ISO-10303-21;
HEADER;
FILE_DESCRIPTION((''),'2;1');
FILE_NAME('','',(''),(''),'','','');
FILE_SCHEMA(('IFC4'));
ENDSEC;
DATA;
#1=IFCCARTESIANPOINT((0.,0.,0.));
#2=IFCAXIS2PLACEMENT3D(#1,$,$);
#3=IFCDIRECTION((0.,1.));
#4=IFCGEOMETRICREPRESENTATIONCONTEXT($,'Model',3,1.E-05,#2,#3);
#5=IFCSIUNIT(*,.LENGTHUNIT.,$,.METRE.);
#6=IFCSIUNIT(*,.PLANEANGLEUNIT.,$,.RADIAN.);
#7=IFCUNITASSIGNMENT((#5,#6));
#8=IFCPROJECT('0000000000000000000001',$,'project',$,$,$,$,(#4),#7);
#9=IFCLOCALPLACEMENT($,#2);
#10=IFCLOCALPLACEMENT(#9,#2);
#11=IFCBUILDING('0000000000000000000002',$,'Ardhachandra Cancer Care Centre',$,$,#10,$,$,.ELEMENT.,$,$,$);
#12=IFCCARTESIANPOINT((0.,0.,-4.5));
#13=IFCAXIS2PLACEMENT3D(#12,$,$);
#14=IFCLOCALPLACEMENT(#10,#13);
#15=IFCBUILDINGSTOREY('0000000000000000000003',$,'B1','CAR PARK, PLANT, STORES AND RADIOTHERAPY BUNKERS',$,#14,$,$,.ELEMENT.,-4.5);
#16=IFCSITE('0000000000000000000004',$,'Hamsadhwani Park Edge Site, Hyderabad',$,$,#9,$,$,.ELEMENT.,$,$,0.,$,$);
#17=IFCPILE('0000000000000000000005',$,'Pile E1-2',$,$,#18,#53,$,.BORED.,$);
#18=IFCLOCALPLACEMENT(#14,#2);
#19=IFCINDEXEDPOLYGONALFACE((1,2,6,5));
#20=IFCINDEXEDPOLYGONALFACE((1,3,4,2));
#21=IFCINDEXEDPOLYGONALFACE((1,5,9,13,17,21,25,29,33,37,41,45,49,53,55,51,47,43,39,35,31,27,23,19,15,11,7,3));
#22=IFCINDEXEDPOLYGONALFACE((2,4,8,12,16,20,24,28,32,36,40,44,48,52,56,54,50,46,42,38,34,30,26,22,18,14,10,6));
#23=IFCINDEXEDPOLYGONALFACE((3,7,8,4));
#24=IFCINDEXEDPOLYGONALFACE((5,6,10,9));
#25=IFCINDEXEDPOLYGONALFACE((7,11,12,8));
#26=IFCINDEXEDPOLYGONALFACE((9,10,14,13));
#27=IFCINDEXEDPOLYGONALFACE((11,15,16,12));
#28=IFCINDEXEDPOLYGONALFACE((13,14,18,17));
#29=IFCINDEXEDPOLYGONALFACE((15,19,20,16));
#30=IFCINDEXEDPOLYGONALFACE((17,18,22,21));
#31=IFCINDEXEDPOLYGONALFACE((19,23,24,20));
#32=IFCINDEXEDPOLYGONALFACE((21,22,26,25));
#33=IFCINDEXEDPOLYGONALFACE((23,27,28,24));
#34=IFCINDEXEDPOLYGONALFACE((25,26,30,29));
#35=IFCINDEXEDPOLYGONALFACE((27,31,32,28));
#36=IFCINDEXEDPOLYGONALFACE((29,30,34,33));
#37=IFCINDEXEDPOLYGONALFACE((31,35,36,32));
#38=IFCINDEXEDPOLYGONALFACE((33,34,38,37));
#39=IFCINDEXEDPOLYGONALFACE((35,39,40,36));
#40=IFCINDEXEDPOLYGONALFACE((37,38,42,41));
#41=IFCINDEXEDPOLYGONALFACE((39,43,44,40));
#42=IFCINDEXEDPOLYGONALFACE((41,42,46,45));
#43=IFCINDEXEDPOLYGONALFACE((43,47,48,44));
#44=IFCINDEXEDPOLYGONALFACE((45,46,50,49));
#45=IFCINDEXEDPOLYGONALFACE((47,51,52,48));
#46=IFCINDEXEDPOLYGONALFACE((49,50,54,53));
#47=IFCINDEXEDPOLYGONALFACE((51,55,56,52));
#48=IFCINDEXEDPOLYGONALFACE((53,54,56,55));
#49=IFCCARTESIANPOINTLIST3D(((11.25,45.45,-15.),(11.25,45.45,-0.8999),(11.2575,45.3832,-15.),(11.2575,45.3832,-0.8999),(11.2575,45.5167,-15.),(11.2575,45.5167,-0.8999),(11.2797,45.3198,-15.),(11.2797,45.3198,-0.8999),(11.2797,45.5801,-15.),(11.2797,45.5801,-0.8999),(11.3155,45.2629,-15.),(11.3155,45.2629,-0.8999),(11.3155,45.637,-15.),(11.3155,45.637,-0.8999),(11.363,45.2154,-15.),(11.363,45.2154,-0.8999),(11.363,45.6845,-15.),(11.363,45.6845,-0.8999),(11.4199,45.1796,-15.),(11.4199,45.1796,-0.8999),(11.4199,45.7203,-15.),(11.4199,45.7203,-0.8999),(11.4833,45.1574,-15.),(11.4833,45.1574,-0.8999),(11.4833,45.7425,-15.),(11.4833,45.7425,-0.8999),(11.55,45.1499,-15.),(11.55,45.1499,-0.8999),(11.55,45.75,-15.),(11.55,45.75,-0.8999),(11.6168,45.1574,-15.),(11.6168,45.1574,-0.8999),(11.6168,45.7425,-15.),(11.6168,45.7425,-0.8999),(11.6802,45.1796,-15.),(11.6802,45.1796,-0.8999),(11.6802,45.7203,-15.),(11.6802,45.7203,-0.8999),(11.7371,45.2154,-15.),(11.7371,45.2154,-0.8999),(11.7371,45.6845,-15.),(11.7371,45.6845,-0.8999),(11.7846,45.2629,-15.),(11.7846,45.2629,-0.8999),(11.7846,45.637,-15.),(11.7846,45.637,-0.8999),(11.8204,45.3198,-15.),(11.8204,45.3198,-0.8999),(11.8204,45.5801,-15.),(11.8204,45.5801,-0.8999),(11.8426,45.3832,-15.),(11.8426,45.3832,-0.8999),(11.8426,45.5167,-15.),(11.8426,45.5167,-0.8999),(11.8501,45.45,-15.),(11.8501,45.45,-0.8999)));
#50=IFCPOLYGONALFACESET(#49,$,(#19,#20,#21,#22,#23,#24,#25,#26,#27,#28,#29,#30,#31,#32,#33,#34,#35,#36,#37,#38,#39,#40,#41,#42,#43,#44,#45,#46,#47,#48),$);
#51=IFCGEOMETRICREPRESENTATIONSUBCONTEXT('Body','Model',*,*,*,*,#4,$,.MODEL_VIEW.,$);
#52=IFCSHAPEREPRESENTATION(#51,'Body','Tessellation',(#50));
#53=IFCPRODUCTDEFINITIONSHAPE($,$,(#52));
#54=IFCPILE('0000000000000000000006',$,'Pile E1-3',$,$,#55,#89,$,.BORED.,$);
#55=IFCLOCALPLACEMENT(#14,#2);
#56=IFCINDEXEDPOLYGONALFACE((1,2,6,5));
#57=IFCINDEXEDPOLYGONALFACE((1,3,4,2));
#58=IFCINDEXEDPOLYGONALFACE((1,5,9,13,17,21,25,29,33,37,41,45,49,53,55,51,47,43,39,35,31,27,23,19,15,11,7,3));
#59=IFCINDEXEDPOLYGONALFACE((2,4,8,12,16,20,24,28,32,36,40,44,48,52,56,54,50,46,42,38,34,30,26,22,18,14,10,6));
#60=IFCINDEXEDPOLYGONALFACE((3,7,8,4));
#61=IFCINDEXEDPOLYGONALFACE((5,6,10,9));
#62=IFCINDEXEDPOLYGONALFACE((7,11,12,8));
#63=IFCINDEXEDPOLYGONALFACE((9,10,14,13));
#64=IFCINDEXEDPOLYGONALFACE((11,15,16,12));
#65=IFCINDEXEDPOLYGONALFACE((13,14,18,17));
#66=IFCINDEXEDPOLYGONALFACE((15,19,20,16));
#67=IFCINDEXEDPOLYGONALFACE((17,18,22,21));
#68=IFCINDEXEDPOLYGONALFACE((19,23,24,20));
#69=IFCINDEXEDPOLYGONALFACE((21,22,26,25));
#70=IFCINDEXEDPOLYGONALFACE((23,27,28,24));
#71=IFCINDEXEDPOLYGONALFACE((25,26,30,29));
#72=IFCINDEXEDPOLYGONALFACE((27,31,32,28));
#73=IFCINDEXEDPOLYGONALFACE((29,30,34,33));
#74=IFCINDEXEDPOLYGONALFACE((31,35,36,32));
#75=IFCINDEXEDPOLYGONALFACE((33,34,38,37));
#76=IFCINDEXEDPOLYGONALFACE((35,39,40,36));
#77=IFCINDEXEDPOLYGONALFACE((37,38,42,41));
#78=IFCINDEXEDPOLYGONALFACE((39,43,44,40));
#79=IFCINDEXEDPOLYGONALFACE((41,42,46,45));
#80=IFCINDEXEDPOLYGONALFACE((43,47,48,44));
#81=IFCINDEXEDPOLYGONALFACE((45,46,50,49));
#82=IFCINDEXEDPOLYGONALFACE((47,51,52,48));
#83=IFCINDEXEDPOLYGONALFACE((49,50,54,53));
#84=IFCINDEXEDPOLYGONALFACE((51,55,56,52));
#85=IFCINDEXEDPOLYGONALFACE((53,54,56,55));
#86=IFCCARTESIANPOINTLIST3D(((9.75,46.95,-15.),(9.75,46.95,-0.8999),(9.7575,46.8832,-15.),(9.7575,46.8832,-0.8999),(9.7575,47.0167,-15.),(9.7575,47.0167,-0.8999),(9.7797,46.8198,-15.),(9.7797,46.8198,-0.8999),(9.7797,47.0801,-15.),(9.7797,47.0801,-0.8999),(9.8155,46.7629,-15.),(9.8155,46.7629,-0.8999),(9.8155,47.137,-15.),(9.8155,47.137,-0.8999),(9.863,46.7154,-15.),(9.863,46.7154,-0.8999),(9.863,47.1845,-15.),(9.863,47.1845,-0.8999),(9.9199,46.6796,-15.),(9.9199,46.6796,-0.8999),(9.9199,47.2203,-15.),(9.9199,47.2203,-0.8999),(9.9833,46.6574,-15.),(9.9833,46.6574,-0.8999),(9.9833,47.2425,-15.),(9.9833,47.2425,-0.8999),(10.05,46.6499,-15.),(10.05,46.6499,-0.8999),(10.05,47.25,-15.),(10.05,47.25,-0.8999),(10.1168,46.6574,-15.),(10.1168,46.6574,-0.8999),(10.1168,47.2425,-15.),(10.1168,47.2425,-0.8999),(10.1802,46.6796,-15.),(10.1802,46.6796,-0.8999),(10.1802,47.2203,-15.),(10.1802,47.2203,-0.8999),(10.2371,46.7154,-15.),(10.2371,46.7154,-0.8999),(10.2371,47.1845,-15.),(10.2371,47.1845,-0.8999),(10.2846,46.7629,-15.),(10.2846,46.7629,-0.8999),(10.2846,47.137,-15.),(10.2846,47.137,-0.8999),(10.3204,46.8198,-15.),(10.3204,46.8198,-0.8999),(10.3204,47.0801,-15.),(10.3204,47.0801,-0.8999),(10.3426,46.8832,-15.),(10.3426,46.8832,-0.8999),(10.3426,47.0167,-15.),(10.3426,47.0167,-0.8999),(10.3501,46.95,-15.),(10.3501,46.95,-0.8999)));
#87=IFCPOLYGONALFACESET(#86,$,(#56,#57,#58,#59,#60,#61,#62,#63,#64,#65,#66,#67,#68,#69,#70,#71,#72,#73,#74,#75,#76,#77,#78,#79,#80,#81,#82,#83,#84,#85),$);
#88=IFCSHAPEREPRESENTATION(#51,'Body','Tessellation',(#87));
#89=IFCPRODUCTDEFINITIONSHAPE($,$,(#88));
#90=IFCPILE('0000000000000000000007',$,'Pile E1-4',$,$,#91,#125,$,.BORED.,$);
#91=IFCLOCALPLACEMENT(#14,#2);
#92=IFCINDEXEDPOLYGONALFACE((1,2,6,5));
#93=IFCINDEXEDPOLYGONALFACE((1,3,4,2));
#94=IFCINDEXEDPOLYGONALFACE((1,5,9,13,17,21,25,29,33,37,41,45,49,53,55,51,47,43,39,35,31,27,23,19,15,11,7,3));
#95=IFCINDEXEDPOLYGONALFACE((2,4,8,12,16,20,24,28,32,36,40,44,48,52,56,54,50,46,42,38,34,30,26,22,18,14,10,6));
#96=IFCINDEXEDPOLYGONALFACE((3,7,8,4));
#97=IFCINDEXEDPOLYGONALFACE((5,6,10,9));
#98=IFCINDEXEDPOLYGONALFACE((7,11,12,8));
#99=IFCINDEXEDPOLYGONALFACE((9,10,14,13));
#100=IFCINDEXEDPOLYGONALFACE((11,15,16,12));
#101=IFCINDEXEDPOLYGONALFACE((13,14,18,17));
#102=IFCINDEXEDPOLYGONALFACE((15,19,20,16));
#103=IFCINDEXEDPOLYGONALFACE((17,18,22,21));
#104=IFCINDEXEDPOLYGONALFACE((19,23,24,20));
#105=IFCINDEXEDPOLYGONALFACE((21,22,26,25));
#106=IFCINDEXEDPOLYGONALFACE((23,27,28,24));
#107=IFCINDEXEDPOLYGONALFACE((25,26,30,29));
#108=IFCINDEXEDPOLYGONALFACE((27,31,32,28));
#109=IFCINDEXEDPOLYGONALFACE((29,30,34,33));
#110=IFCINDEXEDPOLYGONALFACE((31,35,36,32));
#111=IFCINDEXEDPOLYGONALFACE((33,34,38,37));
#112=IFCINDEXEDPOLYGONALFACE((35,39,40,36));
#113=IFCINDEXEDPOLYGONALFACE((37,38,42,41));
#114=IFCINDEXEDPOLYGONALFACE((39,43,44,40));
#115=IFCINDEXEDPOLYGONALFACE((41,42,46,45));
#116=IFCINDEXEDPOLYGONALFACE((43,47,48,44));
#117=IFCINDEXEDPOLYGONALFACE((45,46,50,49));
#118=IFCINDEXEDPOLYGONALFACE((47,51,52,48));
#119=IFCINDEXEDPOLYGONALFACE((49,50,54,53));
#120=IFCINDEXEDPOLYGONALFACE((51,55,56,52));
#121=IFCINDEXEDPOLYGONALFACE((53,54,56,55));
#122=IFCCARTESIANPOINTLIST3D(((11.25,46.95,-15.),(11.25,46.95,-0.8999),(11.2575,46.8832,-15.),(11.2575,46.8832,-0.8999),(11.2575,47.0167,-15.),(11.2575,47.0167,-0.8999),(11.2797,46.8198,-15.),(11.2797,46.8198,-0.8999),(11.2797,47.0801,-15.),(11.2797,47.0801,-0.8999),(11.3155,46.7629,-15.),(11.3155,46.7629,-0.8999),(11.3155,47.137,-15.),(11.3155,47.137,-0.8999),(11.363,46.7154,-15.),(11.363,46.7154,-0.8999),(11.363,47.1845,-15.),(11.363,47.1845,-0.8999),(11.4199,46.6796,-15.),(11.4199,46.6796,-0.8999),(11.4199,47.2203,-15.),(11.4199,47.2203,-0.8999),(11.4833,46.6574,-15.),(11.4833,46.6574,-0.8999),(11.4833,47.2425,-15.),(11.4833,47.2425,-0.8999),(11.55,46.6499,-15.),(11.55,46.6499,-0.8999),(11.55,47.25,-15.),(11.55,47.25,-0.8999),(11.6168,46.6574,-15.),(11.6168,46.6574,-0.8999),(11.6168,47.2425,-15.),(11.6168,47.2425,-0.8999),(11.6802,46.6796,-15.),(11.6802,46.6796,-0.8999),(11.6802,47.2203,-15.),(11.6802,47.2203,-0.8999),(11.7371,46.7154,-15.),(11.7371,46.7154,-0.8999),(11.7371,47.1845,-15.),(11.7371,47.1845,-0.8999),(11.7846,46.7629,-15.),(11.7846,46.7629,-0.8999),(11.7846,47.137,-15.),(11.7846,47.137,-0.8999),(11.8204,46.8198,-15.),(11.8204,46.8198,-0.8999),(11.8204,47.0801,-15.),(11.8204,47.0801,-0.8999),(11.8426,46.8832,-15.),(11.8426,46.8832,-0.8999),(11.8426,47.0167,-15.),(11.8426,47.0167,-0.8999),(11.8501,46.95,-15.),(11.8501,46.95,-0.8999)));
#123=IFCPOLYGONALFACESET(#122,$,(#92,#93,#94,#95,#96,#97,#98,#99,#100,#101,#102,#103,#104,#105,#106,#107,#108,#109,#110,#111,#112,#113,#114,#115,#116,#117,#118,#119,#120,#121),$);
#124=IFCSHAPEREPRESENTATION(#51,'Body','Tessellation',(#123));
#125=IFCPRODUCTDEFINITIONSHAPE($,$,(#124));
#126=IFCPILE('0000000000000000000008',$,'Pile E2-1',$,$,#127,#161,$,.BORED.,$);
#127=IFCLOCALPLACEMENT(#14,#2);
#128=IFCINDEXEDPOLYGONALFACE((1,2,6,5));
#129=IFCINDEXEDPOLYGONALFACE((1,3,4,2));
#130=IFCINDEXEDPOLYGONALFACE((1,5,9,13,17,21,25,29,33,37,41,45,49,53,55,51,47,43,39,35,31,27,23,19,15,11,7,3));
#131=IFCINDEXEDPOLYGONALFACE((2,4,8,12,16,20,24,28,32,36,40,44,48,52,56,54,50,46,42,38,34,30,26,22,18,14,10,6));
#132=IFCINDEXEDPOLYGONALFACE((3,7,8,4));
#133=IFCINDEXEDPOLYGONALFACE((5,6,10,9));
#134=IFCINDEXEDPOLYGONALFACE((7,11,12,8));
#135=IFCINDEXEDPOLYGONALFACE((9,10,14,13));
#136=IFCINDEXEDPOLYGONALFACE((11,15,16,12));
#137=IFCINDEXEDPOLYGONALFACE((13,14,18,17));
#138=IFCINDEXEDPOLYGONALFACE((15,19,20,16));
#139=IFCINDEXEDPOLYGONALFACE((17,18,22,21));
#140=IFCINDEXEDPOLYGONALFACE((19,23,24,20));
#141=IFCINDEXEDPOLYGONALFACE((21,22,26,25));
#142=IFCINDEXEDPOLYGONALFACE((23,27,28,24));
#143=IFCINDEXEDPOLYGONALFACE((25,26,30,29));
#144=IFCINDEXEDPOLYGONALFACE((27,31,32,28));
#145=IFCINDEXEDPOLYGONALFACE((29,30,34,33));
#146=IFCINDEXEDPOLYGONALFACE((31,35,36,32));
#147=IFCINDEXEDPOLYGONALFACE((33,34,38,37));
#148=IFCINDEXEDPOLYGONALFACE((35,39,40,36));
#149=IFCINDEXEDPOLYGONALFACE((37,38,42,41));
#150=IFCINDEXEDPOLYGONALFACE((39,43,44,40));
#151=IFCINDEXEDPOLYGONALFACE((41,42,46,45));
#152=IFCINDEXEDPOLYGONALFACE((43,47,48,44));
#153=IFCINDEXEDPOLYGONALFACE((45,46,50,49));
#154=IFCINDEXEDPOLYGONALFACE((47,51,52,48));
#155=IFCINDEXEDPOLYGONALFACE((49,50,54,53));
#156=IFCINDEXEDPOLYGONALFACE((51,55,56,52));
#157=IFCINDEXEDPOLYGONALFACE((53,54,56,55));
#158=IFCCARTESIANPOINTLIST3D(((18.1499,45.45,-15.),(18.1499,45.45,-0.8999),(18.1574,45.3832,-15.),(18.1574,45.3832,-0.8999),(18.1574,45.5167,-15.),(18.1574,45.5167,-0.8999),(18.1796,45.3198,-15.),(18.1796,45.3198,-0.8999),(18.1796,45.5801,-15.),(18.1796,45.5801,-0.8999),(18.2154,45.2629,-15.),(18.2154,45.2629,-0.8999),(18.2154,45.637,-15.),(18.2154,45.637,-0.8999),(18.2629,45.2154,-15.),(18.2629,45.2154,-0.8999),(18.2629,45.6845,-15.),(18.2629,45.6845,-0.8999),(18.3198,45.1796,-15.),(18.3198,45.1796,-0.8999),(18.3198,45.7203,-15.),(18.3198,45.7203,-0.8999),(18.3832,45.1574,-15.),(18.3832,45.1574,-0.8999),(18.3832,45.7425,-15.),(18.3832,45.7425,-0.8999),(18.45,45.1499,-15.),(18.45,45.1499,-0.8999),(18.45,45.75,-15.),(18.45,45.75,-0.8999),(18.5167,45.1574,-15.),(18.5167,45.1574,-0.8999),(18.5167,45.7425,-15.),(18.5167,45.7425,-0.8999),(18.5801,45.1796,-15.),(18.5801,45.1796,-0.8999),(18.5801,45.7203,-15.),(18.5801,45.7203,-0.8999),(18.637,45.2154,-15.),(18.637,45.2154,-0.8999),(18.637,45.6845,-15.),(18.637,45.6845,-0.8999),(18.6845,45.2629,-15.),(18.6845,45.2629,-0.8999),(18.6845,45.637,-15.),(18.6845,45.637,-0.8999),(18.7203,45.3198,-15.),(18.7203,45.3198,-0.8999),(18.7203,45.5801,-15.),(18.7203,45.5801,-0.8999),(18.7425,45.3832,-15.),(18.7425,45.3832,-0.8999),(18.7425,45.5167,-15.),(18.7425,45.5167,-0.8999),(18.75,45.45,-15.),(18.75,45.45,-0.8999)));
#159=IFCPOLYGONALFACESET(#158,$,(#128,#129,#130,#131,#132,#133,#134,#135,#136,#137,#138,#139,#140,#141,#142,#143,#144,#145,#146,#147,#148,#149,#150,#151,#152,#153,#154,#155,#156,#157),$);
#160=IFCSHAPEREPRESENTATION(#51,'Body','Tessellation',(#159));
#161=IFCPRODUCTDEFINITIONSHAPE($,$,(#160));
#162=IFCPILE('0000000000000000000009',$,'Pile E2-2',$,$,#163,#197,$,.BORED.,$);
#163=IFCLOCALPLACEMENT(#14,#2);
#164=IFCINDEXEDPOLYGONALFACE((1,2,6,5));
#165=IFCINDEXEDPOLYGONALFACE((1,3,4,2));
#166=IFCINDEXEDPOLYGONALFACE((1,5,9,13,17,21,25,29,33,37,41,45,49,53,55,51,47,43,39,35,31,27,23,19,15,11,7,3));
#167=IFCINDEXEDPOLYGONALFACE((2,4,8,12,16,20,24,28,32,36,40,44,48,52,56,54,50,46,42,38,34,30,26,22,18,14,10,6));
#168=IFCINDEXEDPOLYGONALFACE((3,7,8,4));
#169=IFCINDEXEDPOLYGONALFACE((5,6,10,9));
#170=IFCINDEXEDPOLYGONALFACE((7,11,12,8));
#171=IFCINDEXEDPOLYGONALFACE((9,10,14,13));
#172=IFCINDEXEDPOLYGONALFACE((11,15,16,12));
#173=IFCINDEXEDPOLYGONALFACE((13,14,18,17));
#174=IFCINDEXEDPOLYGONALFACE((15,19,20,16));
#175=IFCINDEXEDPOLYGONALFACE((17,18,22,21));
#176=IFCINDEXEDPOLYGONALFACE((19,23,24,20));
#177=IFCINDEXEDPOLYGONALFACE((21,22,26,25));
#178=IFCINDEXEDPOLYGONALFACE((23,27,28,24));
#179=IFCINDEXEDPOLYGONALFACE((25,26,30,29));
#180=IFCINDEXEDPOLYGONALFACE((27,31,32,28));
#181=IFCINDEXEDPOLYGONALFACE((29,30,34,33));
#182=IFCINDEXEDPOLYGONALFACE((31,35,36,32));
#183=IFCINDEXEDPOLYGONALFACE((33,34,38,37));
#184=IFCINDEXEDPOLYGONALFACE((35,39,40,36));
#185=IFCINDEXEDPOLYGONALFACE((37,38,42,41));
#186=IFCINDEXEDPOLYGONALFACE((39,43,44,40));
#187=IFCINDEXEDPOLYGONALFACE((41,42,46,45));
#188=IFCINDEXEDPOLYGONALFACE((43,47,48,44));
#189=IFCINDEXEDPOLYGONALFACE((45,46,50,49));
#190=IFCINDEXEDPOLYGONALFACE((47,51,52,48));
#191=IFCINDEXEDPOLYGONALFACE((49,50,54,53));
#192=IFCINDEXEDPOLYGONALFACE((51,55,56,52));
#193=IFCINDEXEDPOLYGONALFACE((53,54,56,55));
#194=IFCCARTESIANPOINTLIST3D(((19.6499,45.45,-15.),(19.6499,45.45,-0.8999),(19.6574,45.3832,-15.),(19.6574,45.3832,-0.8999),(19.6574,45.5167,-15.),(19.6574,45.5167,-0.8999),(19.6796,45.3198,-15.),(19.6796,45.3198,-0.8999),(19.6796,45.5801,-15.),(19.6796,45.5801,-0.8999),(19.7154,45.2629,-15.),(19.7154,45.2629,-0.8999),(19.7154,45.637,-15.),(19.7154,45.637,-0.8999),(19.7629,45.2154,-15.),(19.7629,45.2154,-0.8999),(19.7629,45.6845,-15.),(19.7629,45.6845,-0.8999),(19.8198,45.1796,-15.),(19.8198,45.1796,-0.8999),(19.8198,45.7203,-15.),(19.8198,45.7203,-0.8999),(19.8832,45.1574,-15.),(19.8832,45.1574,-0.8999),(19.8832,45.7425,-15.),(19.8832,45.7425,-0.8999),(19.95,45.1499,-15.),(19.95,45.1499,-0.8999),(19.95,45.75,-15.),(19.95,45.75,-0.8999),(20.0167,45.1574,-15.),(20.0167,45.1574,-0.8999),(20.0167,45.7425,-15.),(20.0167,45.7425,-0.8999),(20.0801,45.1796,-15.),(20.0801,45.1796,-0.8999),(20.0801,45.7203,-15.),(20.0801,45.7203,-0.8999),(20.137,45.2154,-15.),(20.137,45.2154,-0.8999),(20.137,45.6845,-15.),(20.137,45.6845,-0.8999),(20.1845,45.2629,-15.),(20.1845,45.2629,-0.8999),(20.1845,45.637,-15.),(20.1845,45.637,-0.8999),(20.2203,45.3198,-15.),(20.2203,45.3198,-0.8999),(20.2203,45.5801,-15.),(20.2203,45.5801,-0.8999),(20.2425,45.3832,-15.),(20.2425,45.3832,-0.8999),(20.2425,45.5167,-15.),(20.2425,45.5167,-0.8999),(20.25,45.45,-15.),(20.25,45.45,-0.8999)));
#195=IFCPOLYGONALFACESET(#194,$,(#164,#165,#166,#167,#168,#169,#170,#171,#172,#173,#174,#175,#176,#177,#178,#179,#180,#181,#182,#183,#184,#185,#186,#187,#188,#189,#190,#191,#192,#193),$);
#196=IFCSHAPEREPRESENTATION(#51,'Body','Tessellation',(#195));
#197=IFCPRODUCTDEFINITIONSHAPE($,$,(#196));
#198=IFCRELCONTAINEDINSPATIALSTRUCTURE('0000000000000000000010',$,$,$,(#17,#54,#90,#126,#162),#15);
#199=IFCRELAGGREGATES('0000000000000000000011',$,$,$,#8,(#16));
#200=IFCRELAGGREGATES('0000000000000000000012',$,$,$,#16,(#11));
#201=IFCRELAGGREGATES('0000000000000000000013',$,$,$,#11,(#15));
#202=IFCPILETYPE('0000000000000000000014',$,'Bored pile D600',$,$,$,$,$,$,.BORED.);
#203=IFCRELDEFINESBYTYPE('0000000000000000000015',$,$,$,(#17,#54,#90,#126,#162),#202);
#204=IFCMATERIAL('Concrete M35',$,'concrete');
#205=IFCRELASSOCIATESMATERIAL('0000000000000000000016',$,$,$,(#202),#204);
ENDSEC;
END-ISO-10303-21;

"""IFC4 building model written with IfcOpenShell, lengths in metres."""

from ifc_helpers import new_model, si_unit, direction, frame, origin, origin_2d, place, context, subcontext, project, spatial, circle, extrude, material, material_profile, profile_set, type_object, element, save


model = new_model("IFC4")

# Units and contexts
model_context = context("Model", 3, precision=1e-05, world=origin(), true_north=direction((0.0, 1.0)))
body_context = subcontext(model_context, "Body", "Model", "MODEL_VIEW")
ifc_project = project(units=[si_unit("LENGTHUNIT", "METRE"), si_unit("PLANEANGLEUNIT", "RADIAN")], contexts=[model_context])

# Site, building, storey
site_placement = place(None, origin())
site = spatial("IfcSite", under=ifc_project, at=site_placement, Name="Hamsadhwani Park Edge Site, Hyderabad", CompositionType="ELEMENT", RefElevation=0.0)
building_placement = place(site_placement, origin())
building = spatial("IfcBuilding", under=site, at=building_placement, Name="Ardhachandra Cancer Care Centre", CompositionType="ELEMENT")
storey_placement = place(building_placement, frame((0.0, 0.0, -4.5)))
storey = spatial("IfcBuildingStorey", under=building, at=storey_placement, Name="B1", Description="CAR PARK, PLANT, STORES AND RADIOTHERAPY BUNKERS", CompositionType="ELEMENT", Elevation=-4.5)

# Piles
ifc_material_1 = material(Name="Concrete M35", Category="concrete")
ifc_material_profile_1 = material_profile(ifc_material_1, circle(Radius=0.3, at=origin_2d()), Name="D600")
ifc_profile_set_1 = profile_set([ifc_material_profile_1], Name="Concrete M35")
pile_type = type_object("IfcPileType", Name="Bored pile D600", PredefinedType="BORED", material=ifc_profile_set_1)
for number, where, z_axis, x_axis, name in (
    (1, (11.55, 45.45, -0.8999), (0.0, 0.0, -1.0), (1.0, 0.0, 0.0), "Pile E1-2"),
    (2, (10.05, 46.95, -0.8999), (0.0, 0.0, -1.0), (1.0, 0.0, 0.0), "Pile E1-3"),
    (3, (11.55, 46.95, -0.8999), (0.0, 0.0, -1.0), (1.0, 0.0, 0.0), "Pile E1-4"),
    (4, (18.45, 45.45, -0.8999), (0.0, 0.0, -1.0), (1.0, 0.0, 0.0), "Pile E2-1"),
    (5, (19.95, 45.45, -0.8999), (0.0, 0.0, -1.0), (1.0, 0.0, 0.0), "Pile E2-2"),
):
    element("IfcPile", number, at=place(storey_placement, frame(where, z_axis=z_axis, x_axis=x_axis)), inside=storey, type_object=pile_type, Name=name, PredefinedType="BORED", context=body_context, shape_type="SweptSolid", body=[
        extrude(circle(Radius=0.3, at=origin_2d()), origin(), (0.0, 0.0, 1.0), 14.1001),
    ])

save(model, "model.ifc")
